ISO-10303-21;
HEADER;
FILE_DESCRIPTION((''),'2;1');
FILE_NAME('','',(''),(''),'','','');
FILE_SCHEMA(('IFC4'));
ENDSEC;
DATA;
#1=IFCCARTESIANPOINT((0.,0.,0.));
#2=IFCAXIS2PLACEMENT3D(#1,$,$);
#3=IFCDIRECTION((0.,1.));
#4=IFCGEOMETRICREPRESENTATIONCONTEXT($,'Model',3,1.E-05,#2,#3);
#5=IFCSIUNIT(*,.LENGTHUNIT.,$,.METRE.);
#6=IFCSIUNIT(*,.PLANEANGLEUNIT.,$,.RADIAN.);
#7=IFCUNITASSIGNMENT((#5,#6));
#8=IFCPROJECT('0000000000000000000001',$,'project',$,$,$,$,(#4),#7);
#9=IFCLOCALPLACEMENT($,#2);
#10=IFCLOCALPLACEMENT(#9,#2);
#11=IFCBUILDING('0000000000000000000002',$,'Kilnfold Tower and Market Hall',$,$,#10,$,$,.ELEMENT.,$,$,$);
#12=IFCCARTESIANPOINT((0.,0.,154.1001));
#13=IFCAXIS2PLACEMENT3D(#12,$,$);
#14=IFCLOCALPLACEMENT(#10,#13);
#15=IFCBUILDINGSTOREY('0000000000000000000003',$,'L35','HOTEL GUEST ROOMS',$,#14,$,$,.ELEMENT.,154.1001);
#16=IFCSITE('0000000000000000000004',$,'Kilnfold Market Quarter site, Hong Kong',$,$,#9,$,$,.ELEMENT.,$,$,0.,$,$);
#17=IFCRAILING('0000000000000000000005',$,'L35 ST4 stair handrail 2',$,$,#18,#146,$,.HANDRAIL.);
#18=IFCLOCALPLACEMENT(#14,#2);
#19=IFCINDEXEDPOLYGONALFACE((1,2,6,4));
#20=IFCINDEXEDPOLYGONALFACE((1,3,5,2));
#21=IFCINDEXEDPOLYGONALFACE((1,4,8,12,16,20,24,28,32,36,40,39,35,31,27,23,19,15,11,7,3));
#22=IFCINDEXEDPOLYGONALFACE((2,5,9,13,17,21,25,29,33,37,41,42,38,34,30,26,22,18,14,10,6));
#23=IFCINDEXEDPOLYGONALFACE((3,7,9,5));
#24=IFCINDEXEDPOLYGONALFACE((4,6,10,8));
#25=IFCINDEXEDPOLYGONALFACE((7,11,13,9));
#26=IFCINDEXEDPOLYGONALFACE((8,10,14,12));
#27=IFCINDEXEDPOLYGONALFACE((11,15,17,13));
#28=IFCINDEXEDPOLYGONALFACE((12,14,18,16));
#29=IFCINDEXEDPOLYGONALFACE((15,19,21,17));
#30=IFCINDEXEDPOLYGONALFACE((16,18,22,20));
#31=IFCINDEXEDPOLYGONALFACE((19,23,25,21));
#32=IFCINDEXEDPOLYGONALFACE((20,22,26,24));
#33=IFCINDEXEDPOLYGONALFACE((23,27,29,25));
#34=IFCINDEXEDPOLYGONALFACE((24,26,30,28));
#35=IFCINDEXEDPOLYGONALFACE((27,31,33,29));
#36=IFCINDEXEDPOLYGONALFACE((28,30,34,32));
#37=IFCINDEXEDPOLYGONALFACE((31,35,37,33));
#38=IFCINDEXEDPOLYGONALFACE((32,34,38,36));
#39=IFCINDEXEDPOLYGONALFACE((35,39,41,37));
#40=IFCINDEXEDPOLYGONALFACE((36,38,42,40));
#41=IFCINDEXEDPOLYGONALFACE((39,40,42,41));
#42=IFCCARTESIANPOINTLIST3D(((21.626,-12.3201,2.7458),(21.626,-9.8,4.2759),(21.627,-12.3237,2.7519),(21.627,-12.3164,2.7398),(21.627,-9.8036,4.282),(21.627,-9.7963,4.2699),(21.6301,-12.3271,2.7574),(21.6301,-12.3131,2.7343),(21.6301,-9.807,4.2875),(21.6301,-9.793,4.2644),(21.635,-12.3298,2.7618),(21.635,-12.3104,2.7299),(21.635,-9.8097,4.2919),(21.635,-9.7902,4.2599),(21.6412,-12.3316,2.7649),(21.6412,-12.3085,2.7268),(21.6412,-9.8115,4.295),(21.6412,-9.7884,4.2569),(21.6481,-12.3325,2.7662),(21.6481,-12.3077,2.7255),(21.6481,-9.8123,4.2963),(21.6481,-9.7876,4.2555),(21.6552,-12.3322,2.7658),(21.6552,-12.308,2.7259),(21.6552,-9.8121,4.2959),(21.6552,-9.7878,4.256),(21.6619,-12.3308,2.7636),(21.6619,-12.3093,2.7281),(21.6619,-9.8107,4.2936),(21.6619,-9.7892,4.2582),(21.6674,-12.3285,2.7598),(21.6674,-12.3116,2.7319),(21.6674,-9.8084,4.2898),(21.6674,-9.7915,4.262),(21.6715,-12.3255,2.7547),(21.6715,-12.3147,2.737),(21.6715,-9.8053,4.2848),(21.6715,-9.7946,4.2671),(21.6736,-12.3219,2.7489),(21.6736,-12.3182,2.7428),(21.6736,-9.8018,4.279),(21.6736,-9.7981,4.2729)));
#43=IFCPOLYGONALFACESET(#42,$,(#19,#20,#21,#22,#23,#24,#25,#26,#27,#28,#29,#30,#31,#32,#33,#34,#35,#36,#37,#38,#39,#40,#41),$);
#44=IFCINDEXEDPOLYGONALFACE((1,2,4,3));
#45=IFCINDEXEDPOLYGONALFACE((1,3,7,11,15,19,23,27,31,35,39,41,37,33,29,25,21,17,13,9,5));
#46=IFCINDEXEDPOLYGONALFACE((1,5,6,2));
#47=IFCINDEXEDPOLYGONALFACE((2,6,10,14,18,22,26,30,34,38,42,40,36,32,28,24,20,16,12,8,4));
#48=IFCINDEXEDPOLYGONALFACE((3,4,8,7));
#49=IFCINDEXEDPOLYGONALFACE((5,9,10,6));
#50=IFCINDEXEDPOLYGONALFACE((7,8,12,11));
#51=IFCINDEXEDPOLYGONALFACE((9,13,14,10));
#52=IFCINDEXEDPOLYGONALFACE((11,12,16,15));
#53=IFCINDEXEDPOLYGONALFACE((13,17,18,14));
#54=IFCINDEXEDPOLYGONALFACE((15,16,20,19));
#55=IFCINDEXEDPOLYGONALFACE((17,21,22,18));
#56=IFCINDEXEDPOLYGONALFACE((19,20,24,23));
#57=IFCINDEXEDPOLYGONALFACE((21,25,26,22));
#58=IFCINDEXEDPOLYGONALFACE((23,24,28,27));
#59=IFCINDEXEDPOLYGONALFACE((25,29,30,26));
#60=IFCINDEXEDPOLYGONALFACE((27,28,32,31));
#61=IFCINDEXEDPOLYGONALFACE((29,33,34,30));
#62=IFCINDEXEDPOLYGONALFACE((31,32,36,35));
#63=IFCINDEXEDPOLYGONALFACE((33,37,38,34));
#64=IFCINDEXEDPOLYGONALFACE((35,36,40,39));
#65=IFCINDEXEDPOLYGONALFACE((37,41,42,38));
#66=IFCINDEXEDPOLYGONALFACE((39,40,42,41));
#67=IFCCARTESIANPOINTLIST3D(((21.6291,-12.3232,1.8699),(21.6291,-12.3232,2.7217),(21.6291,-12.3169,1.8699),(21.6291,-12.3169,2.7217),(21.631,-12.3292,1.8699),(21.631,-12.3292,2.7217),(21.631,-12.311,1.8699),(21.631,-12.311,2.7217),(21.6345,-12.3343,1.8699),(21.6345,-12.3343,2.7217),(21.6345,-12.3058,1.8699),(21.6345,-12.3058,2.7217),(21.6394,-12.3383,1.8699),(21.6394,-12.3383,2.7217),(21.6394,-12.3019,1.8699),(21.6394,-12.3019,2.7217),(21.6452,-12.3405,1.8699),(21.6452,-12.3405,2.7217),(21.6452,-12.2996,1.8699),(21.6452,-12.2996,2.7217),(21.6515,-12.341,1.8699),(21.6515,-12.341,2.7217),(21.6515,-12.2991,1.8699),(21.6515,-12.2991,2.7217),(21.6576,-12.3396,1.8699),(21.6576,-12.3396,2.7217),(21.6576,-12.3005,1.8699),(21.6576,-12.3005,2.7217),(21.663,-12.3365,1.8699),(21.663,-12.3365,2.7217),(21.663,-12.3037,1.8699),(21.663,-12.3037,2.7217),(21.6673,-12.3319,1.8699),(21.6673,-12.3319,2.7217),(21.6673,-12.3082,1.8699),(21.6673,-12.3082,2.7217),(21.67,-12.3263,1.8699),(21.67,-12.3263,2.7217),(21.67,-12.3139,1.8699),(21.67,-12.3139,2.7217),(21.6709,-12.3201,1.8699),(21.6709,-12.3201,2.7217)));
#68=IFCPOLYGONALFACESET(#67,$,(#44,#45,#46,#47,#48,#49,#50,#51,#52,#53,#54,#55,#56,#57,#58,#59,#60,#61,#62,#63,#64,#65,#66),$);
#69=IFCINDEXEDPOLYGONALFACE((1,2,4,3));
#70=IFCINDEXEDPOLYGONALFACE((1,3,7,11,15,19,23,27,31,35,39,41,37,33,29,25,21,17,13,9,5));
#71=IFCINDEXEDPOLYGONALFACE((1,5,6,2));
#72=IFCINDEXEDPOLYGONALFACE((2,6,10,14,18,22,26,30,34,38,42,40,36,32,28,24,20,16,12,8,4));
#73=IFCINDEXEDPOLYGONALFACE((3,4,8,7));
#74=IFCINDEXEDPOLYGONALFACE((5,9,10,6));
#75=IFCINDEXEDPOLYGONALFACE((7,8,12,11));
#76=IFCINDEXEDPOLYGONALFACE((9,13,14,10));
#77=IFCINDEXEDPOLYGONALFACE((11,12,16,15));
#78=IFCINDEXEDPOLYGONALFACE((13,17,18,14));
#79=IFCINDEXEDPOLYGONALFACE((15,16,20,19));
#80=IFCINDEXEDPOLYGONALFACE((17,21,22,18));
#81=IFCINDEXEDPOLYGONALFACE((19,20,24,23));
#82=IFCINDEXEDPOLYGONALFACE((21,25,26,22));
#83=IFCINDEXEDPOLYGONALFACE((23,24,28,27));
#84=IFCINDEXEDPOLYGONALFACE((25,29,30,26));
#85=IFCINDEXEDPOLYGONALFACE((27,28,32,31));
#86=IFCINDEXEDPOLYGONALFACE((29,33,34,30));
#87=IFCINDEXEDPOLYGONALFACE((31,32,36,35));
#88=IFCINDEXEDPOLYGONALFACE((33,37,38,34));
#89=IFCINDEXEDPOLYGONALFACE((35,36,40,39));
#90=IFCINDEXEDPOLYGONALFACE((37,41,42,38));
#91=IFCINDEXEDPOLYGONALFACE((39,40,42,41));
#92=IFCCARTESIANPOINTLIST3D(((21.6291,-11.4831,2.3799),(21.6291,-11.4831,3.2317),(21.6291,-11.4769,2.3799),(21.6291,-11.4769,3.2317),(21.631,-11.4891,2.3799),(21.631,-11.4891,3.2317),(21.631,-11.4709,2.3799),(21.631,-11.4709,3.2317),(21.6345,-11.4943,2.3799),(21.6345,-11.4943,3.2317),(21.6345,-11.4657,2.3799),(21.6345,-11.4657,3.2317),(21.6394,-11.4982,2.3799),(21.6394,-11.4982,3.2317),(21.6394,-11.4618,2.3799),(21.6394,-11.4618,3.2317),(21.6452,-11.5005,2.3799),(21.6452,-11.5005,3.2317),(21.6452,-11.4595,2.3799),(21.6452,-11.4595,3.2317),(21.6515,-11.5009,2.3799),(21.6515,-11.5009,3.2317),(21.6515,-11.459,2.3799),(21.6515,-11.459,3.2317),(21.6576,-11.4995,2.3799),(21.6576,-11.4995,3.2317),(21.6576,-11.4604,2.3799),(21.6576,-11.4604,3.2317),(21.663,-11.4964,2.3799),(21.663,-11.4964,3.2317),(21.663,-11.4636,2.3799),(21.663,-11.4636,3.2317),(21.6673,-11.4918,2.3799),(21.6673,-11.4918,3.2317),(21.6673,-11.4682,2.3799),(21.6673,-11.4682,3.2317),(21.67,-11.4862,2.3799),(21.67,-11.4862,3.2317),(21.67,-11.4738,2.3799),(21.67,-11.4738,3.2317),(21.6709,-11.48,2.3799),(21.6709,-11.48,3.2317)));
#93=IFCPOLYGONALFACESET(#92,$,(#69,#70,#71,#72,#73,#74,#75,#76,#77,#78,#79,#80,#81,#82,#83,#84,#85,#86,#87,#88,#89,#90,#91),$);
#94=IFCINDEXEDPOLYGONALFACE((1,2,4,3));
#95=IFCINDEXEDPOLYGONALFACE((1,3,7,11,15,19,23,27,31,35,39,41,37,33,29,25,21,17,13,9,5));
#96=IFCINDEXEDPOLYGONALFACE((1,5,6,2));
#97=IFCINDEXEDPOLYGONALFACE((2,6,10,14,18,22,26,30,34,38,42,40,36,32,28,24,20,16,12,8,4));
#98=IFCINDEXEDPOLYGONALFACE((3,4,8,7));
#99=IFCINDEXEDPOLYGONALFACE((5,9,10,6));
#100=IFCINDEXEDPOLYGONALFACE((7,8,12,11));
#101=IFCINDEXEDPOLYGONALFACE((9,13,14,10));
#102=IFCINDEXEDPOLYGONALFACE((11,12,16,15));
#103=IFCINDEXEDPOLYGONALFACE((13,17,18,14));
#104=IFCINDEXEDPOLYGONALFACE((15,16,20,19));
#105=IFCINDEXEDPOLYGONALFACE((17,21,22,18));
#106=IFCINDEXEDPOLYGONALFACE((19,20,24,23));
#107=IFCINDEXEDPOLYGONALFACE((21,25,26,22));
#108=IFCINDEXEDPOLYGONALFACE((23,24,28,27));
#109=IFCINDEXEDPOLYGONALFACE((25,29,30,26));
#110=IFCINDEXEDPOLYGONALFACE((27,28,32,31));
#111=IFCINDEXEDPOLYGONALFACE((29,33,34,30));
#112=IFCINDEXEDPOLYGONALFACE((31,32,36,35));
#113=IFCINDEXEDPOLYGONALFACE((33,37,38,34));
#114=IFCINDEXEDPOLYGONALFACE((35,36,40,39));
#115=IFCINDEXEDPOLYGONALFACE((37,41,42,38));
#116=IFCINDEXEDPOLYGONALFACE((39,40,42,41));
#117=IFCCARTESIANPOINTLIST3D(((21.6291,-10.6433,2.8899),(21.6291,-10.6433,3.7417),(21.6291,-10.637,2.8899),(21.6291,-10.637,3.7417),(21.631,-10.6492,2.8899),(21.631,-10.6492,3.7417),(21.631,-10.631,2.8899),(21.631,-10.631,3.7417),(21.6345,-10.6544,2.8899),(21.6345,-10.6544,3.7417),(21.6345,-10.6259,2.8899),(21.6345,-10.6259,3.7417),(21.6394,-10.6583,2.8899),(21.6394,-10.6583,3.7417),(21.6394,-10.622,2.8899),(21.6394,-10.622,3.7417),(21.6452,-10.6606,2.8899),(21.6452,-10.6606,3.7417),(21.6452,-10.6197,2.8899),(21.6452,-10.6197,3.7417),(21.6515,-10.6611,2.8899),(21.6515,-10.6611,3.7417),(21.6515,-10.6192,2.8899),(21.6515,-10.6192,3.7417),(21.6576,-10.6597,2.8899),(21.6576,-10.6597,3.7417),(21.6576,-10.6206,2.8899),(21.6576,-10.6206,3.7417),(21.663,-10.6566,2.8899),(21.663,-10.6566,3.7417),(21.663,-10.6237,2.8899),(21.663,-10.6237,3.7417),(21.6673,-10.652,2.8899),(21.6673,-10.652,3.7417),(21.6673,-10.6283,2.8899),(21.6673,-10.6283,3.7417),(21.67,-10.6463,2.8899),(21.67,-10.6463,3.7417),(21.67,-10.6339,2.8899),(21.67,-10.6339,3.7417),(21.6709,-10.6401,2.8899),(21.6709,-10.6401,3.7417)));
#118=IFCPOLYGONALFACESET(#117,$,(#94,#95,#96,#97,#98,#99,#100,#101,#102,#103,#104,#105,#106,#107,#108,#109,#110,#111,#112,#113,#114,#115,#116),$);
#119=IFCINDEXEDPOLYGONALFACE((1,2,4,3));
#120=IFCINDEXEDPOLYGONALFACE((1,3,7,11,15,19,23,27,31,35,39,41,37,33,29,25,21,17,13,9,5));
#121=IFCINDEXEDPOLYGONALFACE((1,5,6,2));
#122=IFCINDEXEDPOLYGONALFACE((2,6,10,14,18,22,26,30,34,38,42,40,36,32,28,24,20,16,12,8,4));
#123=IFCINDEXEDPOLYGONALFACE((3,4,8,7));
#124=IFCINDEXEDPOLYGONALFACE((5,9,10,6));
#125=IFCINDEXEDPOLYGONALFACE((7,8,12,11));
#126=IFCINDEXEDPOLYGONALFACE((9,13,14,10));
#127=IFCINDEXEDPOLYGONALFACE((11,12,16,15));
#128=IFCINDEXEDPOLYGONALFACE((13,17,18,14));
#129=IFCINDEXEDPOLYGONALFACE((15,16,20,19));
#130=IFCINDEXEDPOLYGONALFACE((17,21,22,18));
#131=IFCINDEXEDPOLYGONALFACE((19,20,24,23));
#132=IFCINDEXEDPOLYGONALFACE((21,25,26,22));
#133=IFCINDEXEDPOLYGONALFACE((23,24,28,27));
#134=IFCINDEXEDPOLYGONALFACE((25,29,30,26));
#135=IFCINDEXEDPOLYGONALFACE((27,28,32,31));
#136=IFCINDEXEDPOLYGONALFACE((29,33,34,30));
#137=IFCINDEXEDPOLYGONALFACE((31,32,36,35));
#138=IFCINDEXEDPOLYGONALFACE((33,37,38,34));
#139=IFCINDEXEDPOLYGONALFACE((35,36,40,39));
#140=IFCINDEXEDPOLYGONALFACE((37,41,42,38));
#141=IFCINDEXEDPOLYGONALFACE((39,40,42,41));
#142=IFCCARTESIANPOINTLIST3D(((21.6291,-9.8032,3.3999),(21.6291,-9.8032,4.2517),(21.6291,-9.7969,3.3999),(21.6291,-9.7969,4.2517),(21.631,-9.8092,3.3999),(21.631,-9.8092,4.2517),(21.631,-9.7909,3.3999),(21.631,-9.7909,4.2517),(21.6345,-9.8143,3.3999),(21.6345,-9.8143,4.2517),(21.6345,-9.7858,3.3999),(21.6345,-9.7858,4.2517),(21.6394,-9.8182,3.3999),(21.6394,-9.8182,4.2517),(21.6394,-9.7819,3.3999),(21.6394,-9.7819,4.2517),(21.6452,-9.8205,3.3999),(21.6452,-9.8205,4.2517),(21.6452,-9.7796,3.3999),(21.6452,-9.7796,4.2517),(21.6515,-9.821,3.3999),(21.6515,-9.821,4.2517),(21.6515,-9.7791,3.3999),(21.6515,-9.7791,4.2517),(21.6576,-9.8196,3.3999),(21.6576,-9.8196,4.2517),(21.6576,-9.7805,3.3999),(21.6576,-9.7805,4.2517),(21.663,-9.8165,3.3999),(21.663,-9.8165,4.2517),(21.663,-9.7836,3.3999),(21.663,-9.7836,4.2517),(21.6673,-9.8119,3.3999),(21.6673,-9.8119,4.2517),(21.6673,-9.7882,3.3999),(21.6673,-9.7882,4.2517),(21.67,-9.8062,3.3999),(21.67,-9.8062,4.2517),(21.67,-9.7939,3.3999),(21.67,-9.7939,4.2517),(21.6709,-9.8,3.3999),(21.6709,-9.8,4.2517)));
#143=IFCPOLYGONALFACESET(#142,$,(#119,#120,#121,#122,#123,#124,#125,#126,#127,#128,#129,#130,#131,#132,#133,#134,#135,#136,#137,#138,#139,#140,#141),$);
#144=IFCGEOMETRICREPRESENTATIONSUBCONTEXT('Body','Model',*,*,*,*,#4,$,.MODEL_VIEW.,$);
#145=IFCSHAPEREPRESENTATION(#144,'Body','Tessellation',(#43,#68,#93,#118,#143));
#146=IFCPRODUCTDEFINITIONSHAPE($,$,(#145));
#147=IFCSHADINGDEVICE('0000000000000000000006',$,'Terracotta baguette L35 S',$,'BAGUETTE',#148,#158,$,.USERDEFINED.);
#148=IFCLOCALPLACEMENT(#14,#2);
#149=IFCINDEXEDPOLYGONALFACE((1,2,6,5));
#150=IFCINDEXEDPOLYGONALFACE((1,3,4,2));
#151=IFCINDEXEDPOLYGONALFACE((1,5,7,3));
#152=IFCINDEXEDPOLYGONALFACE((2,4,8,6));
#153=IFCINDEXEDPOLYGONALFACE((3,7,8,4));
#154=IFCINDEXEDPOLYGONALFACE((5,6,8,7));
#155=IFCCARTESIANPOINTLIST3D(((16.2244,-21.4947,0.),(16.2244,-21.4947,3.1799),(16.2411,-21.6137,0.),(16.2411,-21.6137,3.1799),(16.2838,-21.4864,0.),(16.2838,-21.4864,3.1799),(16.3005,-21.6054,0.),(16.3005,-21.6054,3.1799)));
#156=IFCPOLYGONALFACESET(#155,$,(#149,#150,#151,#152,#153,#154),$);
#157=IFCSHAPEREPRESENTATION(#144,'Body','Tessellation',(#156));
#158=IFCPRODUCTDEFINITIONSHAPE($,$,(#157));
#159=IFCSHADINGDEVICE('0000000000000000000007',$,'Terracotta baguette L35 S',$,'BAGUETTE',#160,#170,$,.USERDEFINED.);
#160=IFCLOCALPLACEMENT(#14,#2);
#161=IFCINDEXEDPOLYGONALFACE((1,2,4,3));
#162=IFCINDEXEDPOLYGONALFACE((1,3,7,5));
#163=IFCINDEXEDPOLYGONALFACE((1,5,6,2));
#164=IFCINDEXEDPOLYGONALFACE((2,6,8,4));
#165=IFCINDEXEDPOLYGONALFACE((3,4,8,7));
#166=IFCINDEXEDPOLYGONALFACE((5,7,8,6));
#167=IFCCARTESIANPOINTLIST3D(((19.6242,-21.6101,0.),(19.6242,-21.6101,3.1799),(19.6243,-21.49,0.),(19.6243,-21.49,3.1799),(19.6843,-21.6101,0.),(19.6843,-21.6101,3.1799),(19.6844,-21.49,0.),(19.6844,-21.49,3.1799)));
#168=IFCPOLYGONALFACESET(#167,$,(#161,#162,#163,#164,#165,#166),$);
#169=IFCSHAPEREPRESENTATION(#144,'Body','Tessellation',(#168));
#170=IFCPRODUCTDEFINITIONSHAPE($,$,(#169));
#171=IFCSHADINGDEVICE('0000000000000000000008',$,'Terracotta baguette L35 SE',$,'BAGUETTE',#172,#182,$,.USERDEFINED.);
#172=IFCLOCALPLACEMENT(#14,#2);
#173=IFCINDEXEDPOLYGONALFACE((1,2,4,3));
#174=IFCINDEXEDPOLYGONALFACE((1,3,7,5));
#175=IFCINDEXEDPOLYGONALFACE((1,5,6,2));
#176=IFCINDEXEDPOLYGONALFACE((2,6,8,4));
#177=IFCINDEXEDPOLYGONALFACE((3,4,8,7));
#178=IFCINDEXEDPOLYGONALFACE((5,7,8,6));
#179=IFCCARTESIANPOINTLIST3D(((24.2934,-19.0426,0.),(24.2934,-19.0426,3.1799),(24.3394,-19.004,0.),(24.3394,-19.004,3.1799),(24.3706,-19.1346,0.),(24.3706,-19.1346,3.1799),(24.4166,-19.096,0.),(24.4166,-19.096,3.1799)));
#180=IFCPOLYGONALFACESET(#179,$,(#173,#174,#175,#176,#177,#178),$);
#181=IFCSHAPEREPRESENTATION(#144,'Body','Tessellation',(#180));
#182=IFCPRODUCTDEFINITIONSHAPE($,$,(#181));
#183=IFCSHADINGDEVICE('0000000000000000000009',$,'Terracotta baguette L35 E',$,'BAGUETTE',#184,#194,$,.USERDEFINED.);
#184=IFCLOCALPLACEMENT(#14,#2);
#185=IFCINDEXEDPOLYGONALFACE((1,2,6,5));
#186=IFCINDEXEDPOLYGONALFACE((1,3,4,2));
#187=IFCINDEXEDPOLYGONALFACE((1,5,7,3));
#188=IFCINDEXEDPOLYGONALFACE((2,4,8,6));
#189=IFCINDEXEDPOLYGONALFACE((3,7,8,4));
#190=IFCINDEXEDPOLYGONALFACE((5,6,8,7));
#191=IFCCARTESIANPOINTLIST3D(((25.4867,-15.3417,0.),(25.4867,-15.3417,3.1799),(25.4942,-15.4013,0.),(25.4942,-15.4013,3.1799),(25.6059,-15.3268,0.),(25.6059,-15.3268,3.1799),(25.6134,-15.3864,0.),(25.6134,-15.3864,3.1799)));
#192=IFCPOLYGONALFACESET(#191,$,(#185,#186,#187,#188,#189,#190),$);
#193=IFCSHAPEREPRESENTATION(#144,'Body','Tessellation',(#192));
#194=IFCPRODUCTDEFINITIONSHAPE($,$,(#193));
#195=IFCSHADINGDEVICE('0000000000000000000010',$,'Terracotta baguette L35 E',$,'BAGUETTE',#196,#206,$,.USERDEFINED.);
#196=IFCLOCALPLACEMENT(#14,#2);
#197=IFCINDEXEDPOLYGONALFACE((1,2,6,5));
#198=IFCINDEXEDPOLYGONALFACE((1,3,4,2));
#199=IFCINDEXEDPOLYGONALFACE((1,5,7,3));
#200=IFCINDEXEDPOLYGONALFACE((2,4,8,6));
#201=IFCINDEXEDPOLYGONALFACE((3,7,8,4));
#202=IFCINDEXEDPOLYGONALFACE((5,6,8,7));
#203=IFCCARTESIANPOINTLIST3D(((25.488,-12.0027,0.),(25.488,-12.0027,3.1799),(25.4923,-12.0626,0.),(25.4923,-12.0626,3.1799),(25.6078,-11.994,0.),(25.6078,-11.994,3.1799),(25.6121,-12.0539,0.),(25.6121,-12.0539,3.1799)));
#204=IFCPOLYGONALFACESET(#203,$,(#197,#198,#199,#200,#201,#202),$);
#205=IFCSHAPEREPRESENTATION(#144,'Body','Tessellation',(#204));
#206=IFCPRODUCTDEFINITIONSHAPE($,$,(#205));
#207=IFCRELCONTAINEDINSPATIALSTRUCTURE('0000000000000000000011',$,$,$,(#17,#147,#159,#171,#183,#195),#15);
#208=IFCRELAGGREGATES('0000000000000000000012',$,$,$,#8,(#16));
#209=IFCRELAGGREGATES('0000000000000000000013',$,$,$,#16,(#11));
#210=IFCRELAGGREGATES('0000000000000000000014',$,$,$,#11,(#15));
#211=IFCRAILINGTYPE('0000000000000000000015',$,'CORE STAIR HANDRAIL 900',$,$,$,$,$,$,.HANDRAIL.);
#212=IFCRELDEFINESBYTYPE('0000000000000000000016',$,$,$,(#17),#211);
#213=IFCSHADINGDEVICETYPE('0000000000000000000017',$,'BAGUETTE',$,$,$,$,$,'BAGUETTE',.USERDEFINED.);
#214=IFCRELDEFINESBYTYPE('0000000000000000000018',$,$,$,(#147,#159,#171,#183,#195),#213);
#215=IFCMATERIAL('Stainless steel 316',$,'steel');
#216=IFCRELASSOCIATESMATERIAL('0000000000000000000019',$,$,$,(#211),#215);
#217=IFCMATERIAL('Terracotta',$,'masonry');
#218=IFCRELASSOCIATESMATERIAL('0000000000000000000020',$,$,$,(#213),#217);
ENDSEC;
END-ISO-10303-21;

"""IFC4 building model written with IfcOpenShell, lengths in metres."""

from ifc_helpers import new_model, si_unit, direction, frame, origin, origin_2d, place, context, subcontext, project, spatial, rectangle, circle, extrude, source, transform, mapped, material, material_profile, profile_set, type_object, element, save


model = new_model("IFC4")

# Units and contexts
model_context = context("Model", 3, precision=1e-05, world=origin(), true_north=direction((0.0, 1.0)))
body_context = subcontext(model_context, "Body", "Model", "MODEL_VIEW")
ifc_project = project(units=[si_unit("LENGTHUNIT", "METRE"), si_unit("PLANEANGLEUNIT", "RADIAN")], contexts=[model_context])

# Site, building, storey
site_placement = place(None, origin())
site = spatial("IfcSite", under=ifc_project, at=site_placement, Name="Kilnfold Market Quarter site, Hong Kong", CompositionType="ELEMENT", RefElevation=0.0)
building_placement = place(site_placement, origin())
building = spatial("IfcBuilding", under=site, at=building_placement, Name="Kilnfold Tower and Market Hall", CompositionType="ELEMENT")
storey_placement = place(building_placement, frame((0.0, 0.0, 154.1001)))
storey = spatial("IfcBuildingStorey", under=building, at=storey_placement, Name="L35", Description="HOTEL GUEST ROOMS", CompositionType="ELEMENT", Elevation=154.1001)

# Railing
ifc_material_1 = material(Name="Stainless steel 316", Category="steel")
railing_type = type_object("IfcRailingType", Name="CORE STAIR HANDRAIL 900", PredefinedType="HANDRAIL", material=ifc_material_1)
railing_placement = place(storey_placement, frame((21.6499, -12.3201, 1.8699)))
element("IfcRailing", 1, at=railing_placement, inside=storey, type_object=railing_type, Name="L35 ST4 stair handrail 2", PredefinedType="HANDRAIL", context=body_context, shape_type="SweptSolid", body=[
    extrude(circle(Radius=0.0239, at=origin_2d()), frame((0.0, 0.0, 0.876), z_axis=(0.0, 0.854785, 0.518982), x_axis=(-1.0, 0.0, 0.0)), (0.0, 0.0, 1.0), 2.9482),
    extrude(circle(Radius=0.021, at=origin_2d()), origin(), (0.0, 0.0, 1.0), 0.8518),
    extrude(circle(Radius=0.021, at=origin_2d()), frame((0.0, 0.8401, 0.51)), (0.0, 0.0, 1.0), 0.8518),
    extrude(circle(Radius=0.021, at=origin_2d()), frame((0.0, 1.6799, 1.02)), (0.0, 0.0, 1.0), 0.8518),
    extrude(circle(Radius=0.021, at=origin_2d()), frame((0.0, 2.52, 1.53)), (0.0, 0.0, 1.0), 0.8518),
])

# Shading devices
ifc_material_2 = material(Name="Terracotta", Category="masonry")
ifc_material_profile_1 = material_profile(ifc_material_2, rectangle(XDim=0.0601, YDim=0.1201, at=origin_2d()), Name="BAG 60x120")
ifc_profile_set_1 = profile_set([ifc_material_profile_1], Name="Terracotta")
shading_device_type = type_object("IfcShadingDeviceType", Name="BAGUETTE", ElementType="BAGUETTE", PredefinedType="USERDEFINED", material=ifc_profile_set_1)
shared_shape_1 = source(origin(), body_context, "Body", "SweptSolid", [
    extrude(rectangle(XDim=0.0601, YDim=0.1201, at=origin_2d()), origin(), (0.0, 0.0, 1.0), 3.1799),
])
for number, where, z_axis, x_axis, name in (
    (2, (16.2625, -21.55, 0.0), (0.0, 0.0, 1.0), (0.990299, 0.13895, 0.0), "Terracotta baguette L35 S"),
    (3, (19.6543, -21.55, 0.0), (0.0, 0.0, 1.0), (0.999999, -0.001138, 0.0), "Terracotta baguette L35 S"),
    (4, (24.355, -19.0693, 0.0), (0.0, 0.0, 1.0), (0.765975, 0.64287, 0.0), "Terracotta baguette L35 SE"),
    (5, (25.55, -15.364, 0.0), (0.0, 0.0, 1.0), (-0.124079, 0.992272, 0.0), "Terracotta baguette L35 E"),
    (6, (25.55, -12.0283, 0.0), (0.0, 0.0, 1.0), (-0.072338, 0.99738, 0.0), "Terracotta baguette L35 E"),
):
    element("IfcShadingDevice", number, at=place(storey_placement, frame(where, z_axis=z_axis, x_axis=x_axis)), inside=storey, type_object=shading_device_type, Name=name, ObjectType="BAGUETTE", PredefinedType="USERDEFINED", context=body_context, shape_type="MappedRepresentation", body=[
        mapped(shared_shape_1, transform((0.0, 0.0, 0.0))),
    ])

save(model, "model.ifc")
